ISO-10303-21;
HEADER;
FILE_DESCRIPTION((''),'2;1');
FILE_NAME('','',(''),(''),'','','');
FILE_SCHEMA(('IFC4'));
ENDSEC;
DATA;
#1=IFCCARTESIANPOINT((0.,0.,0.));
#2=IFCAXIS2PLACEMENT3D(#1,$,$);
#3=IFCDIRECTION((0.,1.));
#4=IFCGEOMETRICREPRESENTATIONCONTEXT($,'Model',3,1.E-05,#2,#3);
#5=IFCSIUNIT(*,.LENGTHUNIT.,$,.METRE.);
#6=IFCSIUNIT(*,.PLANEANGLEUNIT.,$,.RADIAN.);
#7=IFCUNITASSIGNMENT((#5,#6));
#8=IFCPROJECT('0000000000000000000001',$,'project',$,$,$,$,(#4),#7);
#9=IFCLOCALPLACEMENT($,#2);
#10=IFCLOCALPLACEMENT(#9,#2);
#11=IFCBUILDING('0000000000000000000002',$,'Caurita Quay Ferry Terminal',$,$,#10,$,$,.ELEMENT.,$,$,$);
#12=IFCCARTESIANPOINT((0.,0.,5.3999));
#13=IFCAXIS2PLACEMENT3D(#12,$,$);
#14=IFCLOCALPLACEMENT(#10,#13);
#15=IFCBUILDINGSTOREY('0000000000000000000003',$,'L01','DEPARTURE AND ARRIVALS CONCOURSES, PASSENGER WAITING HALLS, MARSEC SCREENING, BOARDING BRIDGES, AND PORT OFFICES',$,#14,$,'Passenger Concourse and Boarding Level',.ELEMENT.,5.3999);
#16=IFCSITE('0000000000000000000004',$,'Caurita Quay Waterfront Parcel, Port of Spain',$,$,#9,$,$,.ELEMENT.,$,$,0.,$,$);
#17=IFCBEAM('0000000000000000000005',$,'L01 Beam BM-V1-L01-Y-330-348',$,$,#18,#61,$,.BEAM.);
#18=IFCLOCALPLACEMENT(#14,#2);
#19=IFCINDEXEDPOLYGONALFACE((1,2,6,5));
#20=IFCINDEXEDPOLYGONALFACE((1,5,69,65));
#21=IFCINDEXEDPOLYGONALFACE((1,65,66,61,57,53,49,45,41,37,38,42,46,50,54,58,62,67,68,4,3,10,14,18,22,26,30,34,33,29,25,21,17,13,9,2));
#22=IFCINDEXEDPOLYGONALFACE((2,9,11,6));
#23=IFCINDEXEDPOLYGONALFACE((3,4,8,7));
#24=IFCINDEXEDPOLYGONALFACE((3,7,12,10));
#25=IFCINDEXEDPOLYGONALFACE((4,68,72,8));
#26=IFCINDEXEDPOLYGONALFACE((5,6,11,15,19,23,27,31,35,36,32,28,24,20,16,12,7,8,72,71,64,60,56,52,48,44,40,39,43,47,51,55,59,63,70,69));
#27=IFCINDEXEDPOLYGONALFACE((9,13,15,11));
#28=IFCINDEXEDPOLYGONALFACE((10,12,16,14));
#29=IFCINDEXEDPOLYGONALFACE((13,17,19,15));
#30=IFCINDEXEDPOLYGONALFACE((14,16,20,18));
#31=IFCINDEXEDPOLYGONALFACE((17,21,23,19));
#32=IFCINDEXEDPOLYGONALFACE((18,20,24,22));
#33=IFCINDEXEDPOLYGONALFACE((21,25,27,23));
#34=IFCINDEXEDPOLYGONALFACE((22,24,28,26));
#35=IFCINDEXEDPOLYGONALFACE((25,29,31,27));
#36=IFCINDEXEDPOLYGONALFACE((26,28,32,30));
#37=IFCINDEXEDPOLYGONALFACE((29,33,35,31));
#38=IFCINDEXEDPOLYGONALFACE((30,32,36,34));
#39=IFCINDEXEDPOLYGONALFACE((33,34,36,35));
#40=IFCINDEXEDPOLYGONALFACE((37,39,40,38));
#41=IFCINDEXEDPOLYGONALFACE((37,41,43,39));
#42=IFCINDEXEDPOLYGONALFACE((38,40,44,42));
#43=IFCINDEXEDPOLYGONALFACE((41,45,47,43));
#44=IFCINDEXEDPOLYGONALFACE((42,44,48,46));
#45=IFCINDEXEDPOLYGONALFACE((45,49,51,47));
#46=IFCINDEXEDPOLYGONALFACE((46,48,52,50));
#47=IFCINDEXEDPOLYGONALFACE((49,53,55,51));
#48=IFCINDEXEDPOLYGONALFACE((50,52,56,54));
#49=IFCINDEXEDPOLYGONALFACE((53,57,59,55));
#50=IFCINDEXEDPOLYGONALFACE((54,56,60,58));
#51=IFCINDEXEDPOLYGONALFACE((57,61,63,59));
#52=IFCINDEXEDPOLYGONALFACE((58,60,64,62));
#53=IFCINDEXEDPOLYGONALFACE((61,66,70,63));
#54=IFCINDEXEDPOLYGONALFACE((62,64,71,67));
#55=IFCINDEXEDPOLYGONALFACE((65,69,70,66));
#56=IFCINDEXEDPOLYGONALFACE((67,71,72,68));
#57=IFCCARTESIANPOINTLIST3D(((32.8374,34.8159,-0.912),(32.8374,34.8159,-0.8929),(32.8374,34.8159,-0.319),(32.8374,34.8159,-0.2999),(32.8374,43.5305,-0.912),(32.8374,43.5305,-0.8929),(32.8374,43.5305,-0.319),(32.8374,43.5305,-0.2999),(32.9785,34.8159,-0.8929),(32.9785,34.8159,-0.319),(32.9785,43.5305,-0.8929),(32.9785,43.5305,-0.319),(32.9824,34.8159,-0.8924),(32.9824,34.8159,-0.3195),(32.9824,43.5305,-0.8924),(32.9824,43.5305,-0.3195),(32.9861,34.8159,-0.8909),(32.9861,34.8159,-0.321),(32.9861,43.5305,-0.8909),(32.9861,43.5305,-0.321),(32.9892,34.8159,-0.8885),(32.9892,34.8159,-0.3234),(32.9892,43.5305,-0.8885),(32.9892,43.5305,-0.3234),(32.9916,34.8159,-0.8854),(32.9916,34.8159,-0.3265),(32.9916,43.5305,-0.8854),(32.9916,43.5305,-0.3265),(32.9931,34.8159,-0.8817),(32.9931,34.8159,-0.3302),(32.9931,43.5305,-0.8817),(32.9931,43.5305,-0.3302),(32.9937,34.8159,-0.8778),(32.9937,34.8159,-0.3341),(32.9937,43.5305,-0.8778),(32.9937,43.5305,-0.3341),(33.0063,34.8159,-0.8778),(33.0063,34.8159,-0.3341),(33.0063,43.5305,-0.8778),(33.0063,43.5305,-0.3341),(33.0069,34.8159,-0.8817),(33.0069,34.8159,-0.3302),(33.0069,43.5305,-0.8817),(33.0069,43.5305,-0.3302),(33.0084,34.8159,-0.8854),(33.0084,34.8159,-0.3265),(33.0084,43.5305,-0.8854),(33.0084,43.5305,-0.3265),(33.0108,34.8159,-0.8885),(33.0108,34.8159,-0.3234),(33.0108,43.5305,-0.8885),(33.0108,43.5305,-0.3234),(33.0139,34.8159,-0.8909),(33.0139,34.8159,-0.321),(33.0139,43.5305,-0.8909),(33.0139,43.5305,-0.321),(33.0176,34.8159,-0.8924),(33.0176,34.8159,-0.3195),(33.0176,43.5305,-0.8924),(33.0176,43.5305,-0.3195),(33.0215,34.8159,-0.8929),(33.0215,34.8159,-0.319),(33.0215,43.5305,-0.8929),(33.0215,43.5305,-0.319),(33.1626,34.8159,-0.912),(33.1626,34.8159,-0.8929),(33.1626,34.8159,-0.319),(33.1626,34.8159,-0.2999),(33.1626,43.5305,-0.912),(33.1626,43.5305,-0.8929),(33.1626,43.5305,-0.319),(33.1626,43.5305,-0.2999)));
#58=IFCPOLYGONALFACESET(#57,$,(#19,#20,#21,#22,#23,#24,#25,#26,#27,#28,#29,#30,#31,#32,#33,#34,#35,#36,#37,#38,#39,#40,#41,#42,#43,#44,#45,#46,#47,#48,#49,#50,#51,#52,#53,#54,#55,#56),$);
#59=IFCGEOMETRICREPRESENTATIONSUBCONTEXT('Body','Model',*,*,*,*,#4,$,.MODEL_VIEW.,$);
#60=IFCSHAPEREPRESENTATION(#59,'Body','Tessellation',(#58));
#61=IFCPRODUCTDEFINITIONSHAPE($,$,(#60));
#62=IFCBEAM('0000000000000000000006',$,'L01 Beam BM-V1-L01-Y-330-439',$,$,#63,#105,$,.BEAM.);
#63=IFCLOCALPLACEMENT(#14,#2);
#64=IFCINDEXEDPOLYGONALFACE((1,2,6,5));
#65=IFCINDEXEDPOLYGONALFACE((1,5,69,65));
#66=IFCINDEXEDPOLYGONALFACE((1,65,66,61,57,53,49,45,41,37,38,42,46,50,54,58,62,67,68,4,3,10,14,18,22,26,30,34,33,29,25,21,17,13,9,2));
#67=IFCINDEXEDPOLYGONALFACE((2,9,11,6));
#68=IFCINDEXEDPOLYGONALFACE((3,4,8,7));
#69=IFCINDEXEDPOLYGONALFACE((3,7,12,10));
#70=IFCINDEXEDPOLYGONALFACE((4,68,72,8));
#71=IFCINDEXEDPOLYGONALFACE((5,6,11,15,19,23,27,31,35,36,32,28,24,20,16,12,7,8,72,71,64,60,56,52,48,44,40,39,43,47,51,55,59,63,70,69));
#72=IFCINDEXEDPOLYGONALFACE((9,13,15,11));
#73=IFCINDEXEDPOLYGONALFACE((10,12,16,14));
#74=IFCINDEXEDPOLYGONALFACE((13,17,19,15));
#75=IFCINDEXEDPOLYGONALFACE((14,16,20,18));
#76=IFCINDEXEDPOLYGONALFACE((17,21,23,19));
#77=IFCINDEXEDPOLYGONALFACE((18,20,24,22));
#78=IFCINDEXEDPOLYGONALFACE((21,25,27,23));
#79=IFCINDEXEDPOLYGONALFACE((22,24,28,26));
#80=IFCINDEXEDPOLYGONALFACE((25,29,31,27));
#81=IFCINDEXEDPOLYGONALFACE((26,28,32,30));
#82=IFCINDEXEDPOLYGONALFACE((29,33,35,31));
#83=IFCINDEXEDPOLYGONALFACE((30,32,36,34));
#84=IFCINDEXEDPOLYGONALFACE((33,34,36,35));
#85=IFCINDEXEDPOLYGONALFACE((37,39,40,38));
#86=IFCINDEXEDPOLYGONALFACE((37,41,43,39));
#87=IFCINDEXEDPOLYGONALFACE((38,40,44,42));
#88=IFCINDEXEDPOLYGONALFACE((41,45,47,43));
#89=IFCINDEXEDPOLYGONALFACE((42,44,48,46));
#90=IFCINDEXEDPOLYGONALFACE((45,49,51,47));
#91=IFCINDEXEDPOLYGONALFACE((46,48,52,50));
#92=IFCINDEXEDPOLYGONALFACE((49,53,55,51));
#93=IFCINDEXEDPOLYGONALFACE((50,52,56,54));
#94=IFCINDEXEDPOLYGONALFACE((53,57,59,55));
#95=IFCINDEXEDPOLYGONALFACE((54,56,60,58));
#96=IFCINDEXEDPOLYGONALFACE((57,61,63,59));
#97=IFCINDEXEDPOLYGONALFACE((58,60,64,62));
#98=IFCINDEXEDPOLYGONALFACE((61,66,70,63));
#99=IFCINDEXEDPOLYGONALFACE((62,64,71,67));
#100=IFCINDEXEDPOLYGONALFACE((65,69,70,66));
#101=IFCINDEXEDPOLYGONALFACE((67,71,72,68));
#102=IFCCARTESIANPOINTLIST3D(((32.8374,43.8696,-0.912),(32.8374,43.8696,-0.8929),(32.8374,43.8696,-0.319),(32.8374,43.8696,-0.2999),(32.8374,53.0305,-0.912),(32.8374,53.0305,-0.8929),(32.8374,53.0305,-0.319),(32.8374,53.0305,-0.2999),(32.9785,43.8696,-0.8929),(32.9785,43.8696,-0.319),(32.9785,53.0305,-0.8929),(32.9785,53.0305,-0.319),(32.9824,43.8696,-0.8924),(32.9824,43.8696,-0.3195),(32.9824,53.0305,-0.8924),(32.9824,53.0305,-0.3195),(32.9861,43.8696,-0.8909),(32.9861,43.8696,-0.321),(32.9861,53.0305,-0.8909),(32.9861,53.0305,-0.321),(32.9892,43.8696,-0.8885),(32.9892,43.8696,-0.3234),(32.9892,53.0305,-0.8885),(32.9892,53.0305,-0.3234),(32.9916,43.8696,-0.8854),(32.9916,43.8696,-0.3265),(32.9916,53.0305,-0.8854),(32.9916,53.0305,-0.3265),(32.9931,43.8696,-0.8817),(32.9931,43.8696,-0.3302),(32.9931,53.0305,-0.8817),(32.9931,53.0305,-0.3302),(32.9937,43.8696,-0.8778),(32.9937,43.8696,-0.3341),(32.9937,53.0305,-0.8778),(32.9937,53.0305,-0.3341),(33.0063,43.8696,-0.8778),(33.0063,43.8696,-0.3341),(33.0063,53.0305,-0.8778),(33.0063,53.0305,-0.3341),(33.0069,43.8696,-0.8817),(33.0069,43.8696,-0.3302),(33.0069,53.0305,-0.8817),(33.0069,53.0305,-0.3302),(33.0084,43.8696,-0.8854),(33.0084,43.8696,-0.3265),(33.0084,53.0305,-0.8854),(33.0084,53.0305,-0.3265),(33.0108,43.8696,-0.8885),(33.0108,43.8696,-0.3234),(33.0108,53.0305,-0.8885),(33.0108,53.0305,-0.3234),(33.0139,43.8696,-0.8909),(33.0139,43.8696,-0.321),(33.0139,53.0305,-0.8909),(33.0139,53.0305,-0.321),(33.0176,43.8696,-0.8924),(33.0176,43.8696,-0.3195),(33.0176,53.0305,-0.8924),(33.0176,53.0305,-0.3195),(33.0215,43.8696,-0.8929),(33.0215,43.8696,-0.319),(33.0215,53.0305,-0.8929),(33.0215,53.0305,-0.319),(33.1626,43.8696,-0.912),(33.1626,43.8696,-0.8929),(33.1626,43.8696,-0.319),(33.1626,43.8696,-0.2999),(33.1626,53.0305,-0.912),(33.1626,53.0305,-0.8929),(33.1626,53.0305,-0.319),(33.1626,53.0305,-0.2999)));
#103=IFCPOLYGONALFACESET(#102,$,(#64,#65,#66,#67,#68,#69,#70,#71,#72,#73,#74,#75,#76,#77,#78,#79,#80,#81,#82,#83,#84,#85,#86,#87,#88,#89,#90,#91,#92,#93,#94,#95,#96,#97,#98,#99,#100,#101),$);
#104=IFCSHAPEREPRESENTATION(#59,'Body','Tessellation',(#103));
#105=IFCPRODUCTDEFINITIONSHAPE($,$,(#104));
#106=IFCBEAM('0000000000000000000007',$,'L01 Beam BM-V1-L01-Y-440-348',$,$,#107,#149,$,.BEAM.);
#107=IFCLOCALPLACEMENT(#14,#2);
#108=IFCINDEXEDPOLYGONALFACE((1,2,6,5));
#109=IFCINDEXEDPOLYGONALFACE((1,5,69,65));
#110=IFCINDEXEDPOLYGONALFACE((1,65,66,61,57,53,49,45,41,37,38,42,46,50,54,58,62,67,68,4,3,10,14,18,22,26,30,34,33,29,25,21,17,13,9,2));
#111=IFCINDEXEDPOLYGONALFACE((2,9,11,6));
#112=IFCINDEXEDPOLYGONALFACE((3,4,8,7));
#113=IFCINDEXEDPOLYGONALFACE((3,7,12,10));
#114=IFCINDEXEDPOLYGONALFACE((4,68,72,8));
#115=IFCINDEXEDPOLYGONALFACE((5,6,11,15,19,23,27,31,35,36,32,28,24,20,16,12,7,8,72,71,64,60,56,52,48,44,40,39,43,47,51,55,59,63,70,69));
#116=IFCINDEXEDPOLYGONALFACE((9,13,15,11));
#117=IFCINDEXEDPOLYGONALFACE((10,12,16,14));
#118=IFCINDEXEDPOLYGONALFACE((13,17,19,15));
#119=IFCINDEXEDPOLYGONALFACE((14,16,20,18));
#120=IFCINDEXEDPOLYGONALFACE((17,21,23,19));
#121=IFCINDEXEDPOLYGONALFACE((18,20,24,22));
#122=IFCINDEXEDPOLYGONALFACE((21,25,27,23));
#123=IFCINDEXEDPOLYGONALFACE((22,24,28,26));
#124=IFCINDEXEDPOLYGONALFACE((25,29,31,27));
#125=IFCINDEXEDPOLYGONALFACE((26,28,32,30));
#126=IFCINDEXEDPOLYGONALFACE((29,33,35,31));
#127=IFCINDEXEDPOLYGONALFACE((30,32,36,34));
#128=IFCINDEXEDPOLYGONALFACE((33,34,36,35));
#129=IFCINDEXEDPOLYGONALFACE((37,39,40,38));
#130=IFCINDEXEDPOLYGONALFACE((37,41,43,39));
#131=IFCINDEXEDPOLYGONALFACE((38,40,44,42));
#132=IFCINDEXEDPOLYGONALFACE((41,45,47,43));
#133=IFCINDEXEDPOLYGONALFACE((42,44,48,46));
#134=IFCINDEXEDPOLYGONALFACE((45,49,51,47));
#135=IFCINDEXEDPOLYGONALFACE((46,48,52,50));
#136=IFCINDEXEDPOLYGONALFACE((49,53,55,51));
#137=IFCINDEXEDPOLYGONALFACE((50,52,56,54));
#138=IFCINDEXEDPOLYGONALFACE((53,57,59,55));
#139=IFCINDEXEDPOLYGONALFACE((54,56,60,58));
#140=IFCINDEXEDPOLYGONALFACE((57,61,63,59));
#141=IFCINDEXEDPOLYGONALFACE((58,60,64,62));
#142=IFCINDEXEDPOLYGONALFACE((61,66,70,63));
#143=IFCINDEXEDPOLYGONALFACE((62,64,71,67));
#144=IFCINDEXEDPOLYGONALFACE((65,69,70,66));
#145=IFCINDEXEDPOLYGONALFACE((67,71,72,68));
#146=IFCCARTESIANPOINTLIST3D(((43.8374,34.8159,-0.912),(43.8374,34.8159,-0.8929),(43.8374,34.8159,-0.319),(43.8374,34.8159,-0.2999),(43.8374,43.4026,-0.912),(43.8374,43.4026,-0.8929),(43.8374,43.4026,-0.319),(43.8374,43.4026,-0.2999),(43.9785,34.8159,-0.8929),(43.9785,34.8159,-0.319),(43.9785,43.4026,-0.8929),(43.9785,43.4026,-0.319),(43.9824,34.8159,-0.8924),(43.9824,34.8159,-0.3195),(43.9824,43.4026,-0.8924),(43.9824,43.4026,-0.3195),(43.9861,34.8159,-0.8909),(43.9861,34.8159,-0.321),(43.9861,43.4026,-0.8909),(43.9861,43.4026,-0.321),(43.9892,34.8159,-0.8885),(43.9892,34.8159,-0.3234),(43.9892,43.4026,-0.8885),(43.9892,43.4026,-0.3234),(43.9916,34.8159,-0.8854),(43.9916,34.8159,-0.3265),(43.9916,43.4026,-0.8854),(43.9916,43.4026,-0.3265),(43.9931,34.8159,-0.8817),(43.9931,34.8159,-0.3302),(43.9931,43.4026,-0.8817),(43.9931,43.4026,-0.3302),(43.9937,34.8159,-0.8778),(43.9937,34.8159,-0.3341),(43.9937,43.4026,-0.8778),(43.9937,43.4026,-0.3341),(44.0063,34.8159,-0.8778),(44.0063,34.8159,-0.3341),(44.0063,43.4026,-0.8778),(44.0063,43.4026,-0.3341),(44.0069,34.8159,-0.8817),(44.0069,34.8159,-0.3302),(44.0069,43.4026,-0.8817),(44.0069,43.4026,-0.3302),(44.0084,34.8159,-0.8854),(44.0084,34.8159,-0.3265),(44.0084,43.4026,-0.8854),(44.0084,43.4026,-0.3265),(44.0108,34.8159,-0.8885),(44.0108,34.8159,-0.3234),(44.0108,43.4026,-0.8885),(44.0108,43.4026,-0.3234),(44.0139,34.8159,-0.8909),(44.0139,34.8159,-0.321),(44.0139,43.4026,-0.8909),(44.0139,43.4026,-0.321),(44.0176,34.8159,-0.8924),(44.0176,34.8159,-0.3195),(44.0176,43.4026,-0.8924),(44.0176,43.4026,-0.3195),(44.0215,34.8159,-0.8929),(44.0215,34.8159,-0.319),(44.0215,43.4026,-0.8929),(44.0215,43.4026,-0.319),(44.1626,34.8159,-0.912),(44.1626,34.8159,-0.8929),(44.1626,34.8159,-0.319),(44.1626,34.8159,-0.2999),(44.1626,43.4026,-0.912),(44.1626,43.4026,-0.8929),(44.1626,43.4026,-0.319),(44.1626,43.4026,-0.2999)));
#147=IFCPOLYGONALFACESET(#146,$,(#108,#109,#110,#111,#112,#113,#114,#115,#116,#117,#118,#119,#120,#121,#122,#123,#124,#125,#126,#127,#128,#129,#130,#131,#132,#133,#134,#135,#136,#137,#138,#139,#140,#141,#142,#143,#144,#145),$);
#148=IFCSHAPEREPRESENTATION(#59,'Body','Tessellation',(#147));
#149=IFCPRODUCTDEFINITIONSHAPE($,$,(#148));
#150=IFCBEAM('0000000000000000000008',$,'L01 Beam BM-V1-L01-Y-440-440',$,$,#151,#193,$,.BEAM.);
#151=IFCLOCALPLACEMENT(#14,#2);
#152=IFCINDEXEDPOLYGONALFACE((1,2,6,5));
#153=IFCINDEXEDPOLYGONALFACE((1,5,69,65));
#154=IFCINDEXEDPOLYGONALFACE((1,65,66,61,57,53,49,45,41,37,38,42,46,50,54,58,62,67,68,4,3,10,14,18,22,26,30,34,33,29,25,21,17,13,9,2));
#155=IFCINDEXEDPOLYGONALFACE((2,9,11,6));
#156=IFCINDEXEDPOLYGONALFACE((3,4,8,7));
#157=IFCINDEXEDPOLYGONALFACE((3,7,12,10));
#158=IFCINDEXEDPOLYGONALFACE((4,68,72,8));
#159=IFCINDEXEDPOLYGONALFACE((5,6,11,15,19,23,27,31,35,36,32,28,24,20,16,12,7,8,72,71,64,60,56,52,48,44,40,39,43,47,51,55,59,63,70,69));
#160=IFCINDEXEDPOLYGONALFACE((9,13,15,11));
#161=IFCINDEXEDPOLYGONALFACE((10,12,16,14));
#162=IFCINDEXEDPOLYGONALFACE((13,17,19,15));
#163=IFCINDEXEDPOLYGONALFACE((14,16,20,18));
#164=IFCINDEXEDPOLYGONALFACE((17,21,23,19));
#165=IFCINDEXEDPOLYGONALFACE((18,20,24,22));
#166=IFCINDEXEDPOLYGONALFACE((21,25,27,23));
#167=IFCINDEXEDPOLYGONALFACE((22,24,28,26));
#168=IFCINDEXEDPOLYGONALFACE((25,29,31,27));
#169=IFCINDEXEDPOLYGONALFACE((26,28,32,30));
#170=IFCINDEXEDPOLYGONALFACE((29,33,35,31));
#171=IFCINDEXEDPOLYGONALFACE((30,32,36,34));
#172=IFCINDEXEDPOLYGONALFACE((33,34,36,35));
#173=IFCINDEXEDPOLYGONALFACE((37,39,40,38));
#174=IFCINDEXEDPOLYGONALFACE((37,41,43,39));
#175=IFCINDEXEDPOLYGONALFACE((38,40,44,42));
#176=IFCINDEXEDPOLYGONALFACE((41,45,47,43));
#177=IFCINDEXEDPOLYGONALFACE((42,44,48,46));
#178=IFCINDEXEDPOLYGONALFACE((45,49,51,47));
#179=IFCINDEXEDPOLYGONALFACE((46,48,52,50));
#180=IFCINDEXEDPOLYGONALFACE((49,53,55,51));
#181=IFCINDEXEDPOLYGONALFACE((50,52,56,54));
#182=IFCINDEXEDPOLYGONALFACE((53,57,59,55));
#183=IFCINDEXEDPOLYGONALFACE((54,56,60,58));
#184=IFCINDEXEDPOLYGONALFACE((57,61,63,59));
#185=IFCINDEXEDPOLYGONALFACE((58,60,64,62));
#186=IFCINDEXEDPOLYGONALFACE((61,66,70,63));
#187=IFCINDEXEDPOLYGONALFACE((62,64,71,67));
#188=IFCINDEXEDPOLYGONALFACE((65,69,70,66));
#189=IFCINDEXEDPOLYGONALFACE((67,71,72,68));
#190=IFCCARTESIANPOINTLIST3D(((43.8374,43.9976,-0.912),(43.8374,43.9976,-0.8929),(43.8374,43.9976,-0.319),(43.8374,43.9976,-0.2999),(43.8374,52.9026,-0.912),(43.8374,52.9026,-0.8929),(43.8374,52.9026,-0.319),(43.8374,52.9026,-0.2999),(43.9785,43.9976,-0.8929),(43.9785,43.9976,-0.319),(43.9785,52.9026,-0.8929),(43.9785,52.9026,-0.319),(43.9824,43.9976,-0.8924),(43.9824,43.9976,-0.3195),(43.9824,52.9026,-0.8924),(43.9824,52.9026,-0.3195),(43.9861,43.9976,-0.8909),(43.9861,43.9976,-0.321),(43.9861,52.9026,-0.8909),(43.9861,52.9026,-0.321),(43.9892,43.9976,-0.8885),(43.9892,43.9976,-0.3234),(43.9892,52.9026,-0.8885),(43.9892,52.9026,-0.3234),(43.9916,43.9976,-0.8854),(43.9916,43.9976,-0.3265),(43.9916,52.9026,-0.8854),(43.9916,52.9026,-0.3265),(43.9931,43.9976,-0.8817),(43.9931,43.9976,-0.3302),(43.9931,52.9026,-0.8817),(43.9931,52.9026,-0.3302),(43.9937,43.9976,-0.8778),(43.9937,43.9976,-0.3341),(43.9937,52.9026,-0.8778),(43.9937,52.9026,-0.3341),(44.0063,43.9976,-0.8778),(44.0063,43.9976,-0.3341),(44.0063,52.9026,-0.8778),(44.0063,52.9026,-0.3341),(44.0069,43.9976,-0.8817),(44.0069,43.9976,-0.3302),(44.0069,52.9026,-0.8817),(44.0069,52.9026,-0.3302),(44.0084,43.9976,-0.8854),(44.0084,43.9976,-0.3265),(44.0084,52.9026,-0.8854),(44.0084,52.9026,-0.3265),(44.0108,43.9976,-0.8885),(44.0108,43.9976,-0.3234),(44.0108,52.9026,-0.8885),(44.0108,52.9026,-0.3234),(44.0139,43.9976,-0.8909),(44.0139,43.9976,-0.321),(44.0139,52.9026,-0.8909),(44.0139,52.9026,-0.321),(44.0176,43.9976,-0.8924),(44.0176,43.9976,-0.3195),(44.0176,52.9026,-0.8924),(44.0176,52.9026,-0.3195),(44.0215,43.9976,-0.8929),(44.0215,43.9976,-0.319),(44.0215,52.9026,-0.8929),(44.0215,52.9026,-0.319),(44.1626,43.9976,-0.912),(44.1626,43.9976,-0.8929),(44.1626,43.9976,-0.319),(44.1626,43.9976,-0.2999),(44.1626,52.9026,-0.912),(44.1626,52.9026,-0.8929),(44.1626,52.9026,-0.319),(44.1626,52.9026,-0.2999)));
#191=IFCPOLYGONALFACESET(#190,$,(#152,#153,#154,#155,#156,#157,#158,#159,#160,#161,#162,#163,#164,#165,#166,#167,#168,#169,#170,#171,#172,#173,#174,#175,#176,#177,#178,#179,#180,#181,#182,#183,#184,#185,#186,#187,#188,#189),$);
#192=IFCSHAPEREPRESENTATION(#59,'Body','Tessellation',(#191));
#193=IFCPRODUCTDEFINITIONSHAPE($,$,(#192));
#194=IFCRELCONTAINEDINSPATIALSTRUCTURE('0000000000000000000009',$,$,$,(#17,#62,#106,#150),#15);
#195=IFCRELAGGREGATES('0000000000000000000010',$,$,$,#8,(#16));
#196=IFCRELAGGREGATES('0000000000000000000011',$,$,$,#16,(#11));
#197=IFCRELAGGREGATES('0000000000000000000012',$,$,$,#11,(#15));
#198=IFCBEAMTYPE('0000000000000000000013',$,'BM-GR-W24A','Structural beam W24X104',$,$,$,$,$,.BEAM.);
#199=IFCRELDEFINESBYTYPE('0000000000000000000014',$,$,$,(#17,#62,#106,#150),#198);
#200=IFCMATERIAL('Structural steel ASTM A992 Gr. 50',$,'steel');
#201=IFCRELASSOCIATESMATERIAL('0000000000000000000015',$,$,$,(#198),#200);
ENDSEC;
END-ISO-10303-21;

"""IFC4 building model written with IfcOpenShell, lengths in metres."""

from ifc_helpers import new_model, si_unit, direction, frame, origin, origin_2d, place, context, subcontext, project, spatial, i_section, extrude, material, material_profile, profile_set, type_object, element, save


model = new_model("IFC4")

# Units and contexts
model_context = context("Model", 3, precision=1e-05, world=origin(), true_north=direction((0.0, 1.0)))
body_context = subcontext(model_context, "Body", "Model", "MODEL_VIEW")
ifc_project = project(units=[si_unit("LENGTHUNIT", "METRE"), si_unit("PLANEANGLEUNIT", "RADIAN")], contexts=[model_context])

# Site, building, storey
site_placement = place(None, origin())
site = spatial("IfcSite", under=ifc_project, at=site_placement, Name="Caurita Quay Waterfront Parcel, Port of Spain", CompositionType="ELEMENT", RefElevation=0.0)
building_placement = place(site_placement, origin())
building = spatial("IfcBuilding", under=site, at=building_placement, Name="Caurita Quay Ferry Terminal", CompositionType="ELEMENT")
storey_placement = place(building_placement, frame((0.0, 0.0, 5.3999)))
storey = spatial("IfcBuildingStorey", under=building, at=storey_placement, Name="L01", Description="DEPARTURE AND ARRIVALS CONCOURSES, PASSENGER WAITING HALLS, MARSEC SCREENING, BOARDING BRIDGES, AND PORT OFFICES", LongName="Passenger Concourse and Boarding Level", CompositionType="ELEMENT", Elevation=5.3999)

# Beams
ifc_material_1 = material(Name="Structural steel ASTM A992 Gr. 50", Category="steel")
ifc_material_profile_1 = material_profile(ifc_material_1, i_section(OverallWidth=0.3252, OverallDepth=0.6121, WebThickness=0.0127, FlangeThickness=0.019, FilletRadius=0.0151, at=origin_2d()), Name="W24X104")
ifc_profile_set_1 = profile_set([ifc_material_profile_1], Name="Structural steel ASTM A992 Gr. 50")
beam_type_1 = type_object("IfcBeamType", Name="BM-GR-W24A", Description="Structural beam W24X104", PredefinedType="BEAM", material=ifc_profile_set_1)
beam_1_placement = place(storey_placement, frame((33.0, 34.8159, -0.606), z_axis=(0.0, 1.0, 0.0), x_axis=(-1.0, 0.0, 0.0)))
element("IfcBeam", 1, at=beam_1_placement, inside=storey, type_object=beam_type_1, Name="L01 Beam BM-V1-L01-Y-330-348", PredefinedType="BEAM", context=body_context, shape_type="SweptSolid", body=[
    extrude(i_section(OverallWidth=0.3252, OverallDepth=0.6121, WebThickness=0.0127, FlangeThickness=0.019, FilletRadius=0.0151, at=origin_2d()), origin(), (0.0, 0.0, 1.0), 8.7146),
])
beam_2_placement = place(storey_placement, frame((33.0, 43.8696, -0.606), z_axis=(0.0, 1.0, 0.0), x_axis=(-1.0, 0.0, 0.0)))
element("IfcBeam", 2, at=beam_2_placement, inside=storey, type_object=beam_type_1, Name="L01 Beam BM-V1-L01-Y-330-439", PredefinedType="BEAM", context=body_context, shape_type="SweptSolid", body=[
    extrude(i_section(OverallWidth=0.3252, OverallDepth=0.6121, WebThickness=0.0127, FlangeThickness=0.019, FilletRadius=0.0151, at=origin_2d()), origin(), (0.0, 0.0, 1.0), 9.1609),
])
beam_3_placement = place(storey_placement, frame((44.0, 34.8159, -0.606), z_axis=(0.0, 1.0, 0.0), x_axis=(-1.0, 0.0, 0.0)))
element("IfcBeam", 3, at=beam_3_placement, inside=storey, type_object=beam_type_1, Name="L01 Beam BM-V1-L01-Y-440-348", PredefinedType="BEAM", context=body_context, shape_type="SweptSolid", body=[
    extrude(i_section(OverallWidth=0.3252, OverallDepth=0.6121, WebThickness=0.0127, FlangeThickness=0.019, FilletRadius=0.0151, at=origin_2d()), origin(), (0.0, 0.0, 1.0), 8.5867),
])
beam_4_placement = place(storey_placement, frame((44.0, 43.9976, -0.606), z_axis=(0.0, 1.0, 0.0), x_axis=(-1.0, 0.0, 0.0)))
element("IfcBeam", 4, at=beam_4_placement, inside=storey, type_object=beam_type_1, Name="L01 Beam BM-V1-L01-Y-440-440", PredefinedType="BEAM", context=body_context, shape_type="SweptSolid", body=[
    extrude(i_section(OverallWidth=0.3252, OverallDepth=0.6121, WebThickness=0.0127, FlangeThickness=0.019, FilletRadius=0.0151, at=origin_2d()), origin(), (0.0, 0.0, 1.0), 8.905),
])

save(model, "model.ifc")
